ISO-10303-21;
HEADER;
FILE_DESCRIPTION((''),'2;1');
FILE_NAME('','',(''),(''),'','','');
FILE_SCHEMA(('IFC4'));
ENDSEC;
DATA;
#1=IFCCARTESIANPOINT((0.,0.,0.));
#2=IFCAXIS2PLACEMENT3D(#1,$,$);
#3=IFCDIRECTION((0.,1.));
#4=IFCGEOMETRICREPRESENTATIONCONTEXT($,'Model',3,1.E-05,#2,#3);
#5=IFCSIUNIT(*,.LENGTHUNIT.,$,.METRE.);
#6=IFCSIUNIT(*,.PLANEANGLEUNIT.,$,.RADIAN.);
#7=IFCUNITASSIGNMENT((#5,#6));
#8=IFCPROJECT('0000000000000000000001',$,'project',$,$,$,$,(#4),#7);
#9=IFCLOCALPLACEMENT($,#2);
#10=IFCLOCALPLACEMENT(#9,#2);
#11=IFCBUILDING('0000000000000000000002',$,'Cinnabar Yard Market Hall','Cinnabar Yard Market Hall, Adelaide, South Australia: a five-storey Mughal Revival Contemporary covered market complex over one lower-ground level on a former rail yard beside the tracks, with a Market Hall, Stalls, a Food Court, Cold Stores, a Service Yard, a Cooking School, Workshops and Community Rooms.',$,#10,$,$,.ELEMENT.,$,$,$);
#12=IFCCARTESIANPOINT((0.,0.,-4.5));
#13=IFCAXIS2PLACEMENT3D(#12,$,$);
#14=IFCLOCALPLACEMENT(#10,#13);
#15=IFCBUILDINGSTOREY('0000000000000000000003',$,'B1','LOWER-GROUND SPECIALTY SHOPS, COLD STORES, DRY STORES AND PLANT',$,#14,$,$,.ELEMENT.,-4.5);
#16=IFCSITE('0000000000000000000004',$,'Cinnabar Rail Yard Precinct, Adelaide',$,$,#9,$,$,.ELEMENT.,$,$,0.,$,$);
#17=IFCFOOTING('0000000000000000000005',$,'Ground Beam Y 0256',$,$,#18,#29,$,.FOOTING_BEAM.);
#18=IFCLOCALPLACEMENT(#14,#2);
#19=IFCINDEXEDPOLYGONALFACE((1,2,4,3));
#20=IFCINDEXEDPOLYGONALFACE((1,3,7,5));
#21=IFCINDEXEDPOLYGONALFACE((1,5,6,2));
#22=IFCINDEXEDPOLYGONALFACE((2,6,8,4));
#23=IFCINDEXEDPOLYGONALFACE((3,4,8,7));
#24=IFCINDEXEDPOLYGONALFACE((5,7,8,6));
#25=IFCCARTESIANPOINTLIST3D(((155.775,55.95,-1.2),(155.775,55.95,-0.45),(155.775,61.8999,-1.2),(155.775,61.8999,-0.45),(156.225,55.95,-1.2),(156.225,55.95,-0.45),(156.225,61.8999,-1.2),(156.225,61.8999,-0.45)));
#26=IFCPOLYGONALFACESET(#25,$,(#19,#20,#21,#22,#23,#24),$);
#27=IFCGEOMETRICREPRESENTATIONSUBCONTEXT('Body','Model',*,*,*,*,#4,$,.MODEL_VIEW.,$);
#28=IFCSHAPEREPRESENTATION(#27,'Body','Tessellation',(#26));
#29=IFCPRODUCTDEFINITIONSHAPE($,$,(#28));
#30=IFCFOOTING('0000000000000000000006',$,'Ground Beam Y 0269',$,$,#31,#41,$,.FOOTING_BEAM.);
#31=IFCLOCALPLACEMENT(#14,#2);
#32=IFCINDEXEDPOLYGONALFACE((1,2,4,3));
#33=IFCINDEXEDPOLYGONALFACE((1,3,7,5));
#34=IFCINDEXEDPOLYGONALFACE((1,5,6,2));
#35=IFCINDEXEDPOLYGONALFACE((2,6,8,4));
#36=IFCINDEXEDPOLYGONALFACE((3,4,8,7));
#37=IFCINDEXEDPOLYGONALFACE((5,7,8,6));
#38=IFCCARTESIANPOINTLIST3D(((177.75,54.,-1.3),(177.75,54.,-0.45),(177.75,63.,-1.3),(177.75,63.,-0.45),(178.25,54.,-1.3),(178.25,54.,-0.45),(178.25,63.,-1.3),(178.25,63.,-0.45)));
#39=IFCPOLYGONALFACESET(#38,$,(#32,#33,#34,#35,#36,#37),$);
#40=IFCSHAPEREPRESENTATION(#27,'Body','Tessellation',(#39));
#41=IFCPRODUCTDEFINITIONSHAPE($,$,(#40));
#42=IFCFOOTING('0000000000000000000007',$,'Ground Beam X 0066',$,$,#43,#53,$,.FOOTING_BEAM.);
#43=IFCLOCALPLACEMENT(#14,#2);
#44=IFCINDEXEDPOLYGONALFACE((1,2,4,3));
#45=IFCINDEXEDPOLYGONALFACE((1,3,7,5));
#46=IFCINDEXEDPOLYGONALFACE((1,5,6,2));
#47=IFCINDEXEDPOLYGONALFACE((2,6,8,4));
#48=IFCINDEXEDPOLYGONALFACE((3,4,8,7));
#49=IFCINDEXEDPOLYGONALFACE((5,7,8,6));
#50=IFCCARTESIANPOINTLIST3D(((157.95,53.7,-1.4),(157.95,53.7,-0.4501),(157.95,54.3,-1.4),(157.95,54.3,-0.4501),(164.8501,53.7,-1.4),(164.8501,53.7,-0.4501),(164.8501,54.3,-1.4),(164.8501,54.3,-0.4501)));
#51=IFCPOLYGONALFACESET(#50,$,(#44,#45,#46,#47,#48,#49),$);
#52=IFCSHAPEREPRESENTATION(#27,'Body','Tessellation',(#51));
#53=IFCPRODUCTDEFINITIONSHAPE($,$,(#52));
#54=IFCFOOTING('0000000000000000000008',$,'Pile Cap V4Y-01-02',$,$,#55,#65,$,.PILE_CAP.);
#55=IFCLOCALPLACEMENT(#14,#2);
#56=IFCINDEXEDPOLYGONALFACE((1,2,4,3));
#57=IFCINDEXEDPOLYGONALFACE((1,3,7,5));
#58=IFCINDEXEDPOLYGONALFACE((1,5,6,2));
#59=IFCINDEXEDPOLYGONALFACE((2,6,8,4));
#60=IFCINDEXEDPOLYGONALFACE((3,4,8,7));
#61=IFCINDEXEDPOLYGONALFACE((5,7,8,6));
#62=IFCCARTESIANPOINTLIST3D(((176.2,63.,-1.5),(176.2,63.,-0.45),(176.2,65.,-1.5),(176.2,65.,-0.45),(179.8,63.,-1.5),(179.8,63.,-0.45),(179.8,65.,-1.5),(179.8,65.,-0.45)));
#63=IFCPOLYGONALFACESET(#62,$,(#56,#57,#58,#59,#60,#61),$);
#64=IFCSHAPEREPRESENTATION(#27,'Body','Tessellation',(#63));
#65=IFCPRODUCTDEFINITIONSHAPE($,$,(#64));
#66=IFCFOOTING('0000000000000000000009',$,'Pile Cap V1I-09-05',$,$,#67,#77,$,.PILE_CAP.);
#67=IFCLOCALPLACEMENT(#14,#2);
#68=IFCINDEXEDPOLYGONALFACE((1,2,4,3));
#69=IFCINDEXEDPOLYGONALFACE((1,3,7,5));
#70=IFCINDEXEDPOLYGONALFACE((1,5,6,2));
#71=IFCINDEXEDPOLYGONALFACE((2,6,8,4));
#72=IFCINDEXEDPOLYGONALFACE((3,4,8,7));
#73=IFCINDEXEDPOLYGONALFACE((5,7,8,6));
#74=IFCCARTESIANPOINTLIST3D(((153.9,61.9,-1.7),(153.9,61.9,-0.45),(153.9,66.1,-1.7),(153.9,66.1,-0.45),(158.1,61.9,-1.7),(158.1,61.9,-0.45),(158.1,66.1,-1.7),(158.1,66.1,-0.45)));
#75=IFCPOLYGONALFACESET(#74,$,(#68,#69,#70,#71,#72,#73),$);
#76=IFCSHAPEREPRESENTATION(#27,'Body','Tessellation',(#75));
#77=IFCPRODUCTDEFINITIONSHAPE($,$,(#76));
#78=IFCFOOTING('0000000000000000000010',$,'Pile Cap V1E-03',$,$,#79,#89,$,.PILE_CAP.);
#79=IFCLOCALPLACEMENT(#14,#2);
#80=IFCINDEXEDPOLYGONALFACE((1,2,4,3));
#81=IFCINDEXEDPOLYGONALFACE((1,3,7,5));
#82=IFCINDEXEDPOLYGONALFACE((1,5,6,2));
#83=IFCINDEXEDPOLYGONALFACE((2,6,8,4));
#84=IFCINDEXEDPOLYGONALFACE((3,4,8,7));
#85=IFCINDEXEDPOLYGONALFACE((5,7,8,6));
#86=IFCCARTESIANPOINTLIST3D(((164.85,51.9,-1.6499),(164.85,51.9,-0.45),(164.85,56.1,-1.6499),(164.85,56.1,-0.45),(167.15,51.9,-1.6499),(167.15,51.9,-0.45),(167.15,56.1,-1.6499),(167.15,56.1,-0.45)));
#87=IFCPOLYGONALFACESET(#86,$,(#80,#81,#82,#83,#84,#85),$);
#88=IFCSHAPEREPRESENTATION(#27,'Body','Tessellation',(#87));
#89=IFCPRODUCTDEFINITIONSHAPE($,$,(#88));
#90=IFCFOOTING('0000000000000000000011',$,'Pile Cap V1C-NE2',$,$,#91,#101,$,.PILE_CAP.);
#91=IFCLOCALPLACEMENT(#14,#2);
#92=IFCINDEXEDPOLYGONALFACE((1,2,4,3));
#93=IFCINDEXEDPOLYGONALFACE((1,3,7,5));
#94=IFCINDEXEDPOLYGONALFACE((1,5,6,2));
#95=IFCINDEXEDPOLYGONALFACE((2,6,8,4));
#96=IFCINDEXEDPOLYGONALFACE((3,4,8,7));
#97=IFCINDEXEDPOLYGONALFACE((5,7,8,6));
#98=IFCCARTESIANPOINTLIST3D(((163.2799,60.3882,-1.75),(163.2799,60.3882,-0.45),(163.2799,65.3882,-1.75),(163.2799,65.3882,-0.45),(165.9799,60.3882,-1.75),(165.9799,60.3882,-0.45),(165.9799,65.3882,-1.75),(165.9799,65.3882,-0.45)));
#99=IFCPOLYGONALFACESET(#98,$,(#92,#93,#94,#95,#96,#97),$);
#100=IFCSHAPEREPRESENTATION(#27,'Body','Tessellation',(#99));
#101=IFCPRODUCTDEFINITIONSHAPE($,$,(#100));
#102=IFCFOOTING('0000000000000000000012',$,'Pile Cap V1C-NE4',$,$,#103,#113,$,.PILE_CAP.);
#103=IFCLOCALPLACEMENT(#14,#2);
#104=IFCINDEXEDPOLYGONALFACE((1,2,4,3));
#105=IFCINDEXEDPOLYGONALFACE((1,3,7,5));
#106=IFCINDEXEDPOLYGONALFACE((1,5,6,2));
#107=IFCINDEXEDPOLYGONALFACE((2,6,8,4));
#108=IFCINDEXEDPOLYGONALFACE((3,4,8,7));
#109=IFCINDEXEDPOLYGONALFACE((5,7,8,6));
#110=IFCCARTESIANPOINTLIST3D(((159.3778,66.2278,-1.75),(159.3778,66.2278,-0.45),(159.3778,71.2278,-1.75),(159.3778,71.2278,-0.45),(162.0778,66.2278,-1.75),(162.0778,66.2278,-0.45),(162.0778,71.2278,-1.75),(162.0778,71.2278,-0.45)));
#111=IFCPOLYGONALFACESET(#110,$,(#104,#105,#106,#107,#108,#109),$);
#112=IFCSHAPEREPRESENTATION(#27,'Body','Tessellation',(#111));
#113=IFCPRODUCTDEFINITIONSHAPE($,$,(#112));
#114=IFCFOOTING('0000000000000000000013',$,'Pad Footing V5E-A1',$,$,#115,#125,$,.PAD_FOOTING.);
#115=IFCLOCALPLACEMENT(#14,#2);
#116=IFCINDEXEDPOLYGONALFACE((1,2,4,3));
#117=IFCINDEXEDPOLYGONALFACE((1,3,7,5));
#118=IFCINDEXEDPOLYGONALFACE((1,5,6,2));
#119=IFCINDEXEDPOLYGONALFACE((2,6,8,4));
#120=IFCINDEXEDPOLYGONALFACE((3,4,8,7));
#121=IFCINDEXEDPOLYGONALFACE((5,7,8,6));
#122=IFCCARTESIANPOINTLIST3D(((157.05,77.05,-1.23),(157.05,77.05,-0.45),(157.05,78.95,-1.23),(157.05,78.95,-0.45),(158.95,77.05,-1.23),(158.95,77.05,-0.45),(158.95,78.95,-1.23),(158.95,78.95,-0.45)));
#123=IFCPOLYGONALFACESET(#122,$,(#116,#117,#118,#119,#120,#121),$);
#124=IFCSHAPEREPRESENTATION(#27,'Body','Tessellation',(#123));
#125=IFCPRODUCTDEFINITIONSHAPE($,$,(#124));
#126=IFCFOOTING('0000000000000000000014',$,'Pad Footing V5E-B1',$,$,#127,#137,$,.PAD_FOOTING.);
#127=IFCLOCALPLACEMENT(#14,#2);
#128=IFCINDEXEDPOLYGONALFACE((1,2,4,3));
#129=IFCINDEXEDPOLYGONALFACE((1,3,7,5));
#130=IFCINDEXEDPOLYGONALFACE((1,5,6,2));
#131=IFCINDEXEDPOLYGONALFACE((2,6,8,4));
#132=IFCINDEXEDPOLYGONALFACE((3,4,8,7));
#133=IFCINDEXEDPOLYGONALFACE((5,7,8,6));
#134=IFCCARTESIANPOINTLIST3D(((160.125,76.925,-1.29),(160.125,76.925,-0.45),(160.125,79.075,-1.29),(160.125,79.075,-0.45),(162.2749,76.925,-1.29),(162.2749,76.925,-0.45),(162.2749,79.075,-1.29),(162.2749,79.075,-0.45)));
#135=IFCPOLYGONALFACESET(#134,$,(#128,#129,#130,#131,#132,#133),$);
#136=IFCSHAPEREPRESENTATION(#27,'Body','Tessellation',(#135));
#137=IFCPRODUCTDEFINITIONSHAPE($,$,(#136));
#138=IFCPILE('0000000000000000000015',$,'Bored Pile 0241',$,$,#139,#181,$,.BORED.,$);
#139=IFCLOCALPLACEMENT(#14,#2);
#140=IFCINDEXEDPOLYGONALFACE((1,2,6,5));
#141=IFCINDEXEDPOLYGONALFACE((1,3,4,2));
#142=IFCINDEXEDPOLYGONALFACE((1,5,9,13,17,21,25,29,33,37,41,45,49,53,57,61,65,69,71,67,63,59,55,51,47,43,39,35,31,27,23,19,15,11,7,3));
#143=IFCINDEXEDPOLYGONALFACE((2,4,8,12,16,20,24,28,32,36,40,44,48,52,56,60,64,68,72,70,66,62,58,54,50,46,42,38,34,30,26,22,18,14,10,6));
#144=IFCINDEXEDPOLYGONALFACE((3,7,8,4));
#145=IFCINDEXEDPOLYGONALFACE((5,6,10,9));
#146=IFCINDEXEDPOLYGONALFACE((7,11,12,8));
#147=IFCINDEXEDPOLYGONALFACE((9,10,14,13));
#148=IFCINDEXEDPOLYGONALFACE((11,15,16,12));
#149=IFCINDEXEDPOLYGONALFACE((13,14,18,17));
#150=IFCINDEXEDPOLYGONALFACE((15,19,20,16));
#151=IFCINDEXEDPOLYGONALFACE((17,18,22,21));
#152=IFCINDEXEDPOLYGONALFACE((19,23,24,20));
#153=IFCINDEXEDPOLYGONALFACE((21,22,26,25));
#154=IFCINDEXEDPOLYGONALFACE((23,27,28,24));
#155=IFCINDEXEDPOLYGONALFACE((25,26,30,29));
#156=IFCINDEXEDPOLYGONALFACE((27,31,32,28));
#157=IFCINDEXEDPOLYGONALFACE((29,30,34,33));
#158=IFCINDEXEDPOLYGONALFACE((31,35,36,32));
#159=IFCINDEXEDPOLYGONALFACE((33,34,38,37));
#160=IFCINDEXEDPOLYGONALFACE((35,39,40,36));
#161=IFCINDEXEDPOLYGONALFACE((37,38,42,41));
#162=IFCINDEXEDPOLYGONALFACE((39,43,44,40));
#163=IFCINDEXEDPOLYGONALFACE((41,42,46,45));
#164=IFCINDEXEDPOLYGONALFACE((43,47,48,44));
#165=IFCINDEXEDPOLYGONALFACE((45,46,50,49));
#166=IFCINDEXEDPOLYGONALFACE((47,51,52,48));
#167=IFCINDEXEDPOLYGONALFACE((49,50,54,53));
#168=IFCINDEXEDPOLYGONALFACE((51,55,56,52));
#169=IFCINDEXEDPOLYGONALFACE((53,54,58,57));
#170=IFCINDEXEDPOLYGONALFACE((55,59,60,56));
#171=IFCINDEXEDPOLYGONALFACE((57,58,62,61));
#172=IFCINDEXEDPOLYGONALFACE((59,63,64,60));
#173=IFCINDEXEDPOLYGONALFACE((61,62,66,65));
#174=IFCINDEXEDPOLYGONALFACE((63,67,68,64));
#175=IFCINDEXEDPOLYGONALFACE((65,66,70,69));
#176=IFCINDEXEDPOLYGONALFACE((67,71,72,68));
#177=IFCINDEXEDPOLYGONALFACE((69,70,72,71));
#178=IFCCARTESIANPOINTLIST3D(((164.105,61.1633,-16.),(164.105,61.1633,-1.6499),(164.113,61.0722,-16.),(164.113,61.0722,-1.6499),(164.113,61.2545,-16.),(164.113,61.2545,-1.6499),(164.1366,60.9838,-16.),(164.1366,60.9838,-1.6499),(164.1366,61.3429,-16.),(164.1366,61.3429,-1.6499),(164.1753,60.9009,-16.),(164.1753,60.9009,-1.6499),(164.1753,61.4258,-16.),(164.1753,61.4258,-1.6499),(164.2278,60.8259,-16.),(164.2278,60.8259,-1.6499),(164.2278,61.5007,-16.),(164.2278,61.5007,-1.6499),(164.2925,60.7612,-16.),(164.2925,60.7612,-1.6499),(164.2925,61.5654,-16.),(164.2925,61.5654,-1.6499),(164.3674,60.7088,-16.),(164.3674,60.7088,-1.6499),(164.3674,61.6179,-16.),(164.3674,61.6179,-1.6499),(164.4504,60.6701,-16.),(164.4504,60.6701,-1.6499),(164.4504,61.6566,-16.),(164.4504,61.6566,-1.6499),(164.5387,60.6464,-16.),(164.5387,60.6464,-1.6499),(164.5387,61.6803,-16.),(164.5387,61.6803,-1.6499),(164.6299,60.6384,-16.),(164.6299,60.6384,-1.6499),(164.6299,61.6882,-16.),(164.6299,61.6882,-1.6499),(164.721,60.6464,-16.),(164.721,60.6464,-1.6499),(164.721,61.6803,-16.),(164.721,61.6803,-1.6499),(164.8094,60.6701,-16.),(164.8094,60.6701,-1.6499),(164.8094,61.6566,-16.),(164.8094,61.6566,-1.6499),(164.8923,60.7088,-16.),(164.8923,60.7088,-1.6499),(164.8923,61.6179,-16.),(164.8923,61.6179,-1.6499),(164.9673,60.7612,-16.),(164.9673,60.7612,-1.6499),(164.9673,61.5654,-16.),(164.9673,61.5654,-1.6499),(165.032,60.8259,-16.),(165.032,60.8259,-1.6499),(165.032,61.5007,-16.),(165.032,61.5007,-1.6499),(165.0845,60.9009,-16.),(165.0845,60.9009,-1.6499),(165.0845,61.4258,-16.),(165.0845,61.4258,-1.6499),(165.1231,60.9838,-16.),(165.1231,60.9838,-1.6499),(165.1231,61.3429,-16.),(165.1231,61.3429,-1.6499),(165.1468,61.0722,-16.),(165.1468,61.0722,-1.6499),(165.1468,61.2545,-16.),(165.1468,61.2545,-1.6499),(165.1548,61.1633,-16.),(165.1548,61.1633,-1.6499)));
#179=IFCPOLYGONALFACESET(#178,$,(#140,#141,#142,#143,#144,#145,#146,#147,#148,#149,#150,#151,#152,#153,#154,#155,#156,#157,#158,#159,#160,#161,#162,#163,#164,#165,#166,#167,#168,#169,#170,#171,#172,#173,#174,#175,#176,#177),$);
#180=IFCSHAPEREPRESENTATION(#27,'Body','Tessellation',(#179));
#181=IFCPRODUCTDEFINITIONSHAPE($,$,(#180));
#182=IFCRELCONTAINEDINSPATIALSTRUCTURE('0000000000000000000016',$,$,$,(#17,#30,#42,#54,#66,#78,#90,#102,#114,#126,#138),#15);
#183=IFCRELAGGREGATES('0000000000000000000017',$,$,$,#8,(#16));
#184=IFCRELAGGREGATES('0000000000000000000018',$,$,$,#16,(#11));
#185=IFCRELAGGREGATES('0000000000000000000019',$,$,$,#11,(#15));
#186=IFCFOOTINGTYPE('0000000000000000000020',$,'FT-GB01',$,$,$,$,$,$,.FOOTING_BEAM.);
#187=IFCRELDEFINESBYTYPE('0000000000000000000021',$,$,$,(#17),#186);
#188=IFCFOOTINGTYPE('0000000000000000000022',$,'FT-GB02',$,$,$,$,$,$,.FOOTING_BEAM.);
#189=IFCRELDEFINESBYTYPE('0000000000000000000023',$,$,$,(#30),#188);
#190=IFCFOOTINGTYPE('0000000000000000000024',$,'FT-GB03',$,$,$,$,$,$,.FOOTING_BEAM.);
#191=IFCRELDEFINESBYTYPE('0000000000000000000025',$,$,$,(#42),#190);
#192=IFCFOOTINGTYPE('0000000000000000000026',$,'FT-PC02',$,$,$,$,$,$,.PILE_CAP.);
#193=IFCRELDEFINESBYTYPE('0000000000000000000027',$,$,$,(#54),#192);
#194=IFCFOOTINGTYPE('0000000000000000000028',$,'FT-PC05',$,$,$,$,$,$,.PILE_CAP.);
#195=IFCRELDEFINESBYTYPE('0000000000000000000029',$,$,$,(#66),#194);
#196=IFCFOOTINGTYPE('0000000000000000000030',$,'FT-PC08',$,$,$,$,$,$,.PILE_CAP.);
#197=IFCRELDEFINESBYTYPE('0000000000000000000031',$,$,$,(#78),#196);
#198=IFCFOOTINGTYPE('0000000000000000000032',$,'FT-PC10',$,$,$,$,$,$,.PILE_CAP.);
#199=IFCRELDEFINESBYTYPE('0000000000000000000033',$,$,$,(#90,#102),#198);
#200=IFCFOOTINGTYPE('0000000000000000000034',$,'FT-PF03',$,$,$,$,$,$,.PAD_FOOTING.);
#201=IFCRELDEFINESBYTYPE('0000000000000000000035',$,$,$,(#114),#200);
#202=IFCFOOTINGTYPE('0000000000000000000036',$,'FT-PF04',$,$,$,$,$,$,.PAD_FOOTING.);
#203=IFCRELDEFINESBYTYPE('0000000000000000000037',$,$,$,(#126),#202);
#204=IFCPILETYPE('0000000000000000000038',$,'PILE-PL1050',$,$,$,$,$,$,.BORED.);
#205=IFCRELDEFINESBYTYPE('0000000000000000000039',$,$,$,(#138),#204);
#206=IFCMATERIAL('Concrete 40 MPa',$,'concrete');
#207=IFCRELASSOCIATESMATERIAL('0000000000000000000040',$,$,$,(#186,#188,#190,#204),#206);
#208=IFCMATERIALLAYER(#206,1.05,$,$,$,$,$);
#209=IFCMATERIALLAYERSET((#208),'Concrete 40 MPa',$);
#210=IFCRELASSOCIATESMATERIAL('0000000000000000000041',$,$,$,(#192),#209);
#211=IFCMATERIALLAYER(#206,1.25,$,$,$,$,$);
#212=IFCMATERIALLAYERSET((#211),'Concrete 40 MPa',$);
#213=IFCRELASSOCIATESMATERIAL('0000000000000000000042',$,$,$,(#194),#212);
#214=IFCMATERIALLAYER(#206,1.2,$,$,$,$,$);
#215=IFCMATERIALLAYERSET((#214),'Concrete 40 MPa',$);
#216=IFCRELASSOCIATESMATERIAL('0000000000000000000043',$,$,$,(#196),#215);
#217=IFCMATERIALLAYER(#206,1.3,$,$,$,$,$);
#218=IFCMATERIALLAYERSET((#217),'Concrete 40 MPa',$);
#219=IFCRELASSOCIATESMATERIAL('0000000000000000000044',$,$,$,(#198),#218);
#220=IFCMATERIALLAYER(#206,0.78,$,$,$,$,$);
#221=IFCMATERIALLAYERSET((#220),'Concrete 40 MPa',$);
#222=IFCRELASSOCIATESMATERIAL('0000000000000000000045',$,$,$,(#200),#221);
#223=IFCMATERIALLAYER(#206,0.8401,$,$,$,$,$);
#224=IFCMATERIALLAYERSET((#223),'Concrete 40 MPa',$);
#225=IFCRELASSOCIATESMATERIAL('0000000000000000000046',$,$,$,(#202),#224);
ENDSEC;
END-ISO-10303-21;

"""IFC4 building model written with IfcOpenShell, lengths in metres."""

from ifc_helpers import new_model, si_unit, direction, frame, origin, origin_2d_with_axis, place, context, subcontext, project, spatial, rectangle, circle, extrude, material, layer, layer_set, material_profile, profile_set, type_object, element, save


model = new_model("IFC4")

# Units and contexts
model_context = context("Model", 3, precision=1e-05, world=origin(), true_north=direction((0.0, 1.0)))
body_context = subcontext(model_context, "Body", "Model", "MODEL_VIEW")
ifc_project = project(units=[si_unit("LENGTHUNIT", "METRE"), si_unit("PLANEANGLEUNIT", "RADIAN")], contexts=[model_context])

# Site, building, storey
site_placement = place(None, origin())
site = spatial("IfcSite", under=ifc_project, at=site_placement, Name="Cinnabar Rail Yard Precinct, Adelaide", CompositionType="ELEMENT", RefElevation=0.0)
building_placement = place(site_placement, origin())
building = spatial("IfcBuilding", under=site, at=building_placement, Name="Cinnabar Yard Market Hall", Description="Cinnabar Yard Market Hall, Adelaide, South Australia: a five-storey Mughal Revival Contemporary covered market complex over one lower-ground level on a former rail yard beside the tracks, with a Market Hall, Stalls, a Food Court, Cold Stores, a Service Yard, a Cooking School, Workshops and Community Rooms.", CompositionType="ELEMENT")
storey_placement = place(building_placement, frame((0.0, 0.0, -4.5)))
storey = spatial("IfcBuildingStorey", under=building, at=storey_placement, Name="B1", Description="LOWER-GROUND SPECIALTY SHOPS, COLD STORES, DRY STORES AND PLANT", CompositionType="ELEMENT", Elevation=-4.5)

# Footings
ifc_material_1 = material(Name="Concrete 40 MPa", Category="concrete")
ifc_material_profile_1 = material_profile(ifc_material_1, rectangle(XDim=0.45, YDim=0.75, at=origin_2d_with_axis()), Name="GB-450x750")
ifc_profile_set_1 = profile_set([ifc_material_profile_1], Name="Concrete 40 MPa")
footing_type_1 = type_object("IfcFootingType", Name="FT-GB01", PredefinedType="FOOTING_BEAM", material=ifc_profile_set_1)
footing_1_placement = place(storey_placement, frame((156.0, 55.95, -0.825), z_axis=(0.0, 1.0, 0.0), x_axis=(-1.0, 0.0, 0.0)))
element("IfcFooting", 1, at=footing_1_placement, inside=storey, type_object=footing_type_1, Name="Ground Beam Y 0256", PredefinedType="FOOTING_BEAM", context=body_context, shape_type="SweptSolid", body=[
    extrude(rectangle(XDim=0.45, YDim=0.75, at=origin_2d_with_axis()), origin(), (0.0, 0.0, 1.0), 5.95),
])
ifc_material_profile_2 = material_profile(ifc_material_1, rectangle(XDim=0.5, YDim=0.8501, at=origin_2d_with_axis()), Name="GB-500x850")
ifc_profile_set_2 = profile_set([ifc_material_profile_2], Name="Concrete 40 MPa")
footing_type_2 = type_object("IfcFootingType", Name="FT-GB02", PredefinedType="FOOTING_BEAM", material=ifc_profile_set_2)
footing_2_placement = place(storey_placement, frame((178.0, 54.0, -0.875), z_axis=(0.0, 1.0, 0.0), x_axis=(-1.0, 0.0, 0.0)))
element("IfcFooting", 2, at=footing_2_placement, inside=storey, type_object=footing_type_2, Name="Ground Beam Y 0269", PredefinedType="FOOTING_BEAM", context=body_context, shape_type="SweptSolid", body=[
    extrude(rectangle(XDim=0.5, YDim=0.8501, at=origin_2d_with_axis()), origin(), (0.0, 0.0, 1.0), 9.0),
])
ifc_material_profile_3 = material_profile(ifc_material_1, rectangle(XDim=0.6001, YDim=0.95, at=origin_2d_with_axis()), Name="GB-600x950")
ifc_profile_set_3 = profile_set([ifc_material_profile_3], Name="Concrete 40 MPa")
footing_type_3 = type_object("IfcFootingType", Name="FT-GB03", PredefinedType="FOOTING_BEAM", material=ifc_profile_set_3)
footing_3_placement = place(storey_placement, frame((157.95, 54.0, -0.925), z_axis=(1.0, 0.0, 0.0), x_axis=(0.0, 1.0, 0.0)))
element("IfcFooting", 3, at=footing_3_placement, inside=storey, type_object=footing_type_3, Name="Ground Beam X 0066", PredefinedType="FOOTING_BEAM", context=body_context, shape_type="SweptSolid", body=[
    extrude(rectangle(XDim=0.6001, YDim=0.95, at=origin_2d_with_axis()), origin(), (0.0, 0.0, 1.0), 6.9001),
])
ifc_layer_1 = layer(ifc_material_1, 1.05)
ifc_layer_set_1 = layer_set([ifc_layer_1], Name="Concrete 40 MPa")
footing_type_4 = type_object("IfcFootingType", Name="FT-PC02", PredefinedType="PILE_CAP", material=ifc_layer_set_1)
footing_4_placement = place(storey_placement, frame((178.0, 64.0, -1.5), z_axis=(0.0, 0.0, 1.0), x_axis=(1.0, 0.0, 0.0)))
element("IfcFooting", 4, at=footing_4_placement, inside=storey, type_object=footing_type_4, Name="Pile Cap V4Y-01-02", PredefinedType="PILE_CAP", context=body_context, shape_type="SweptSolid", body=[
    extrude(rectangle(XDim=3.6001, YDim=2.0, at=origin_2d_with_axis()), origin(), (0.0, 0.0, 1.0), 1.05),
])
ifc_layer_2 = layer(ifc_material_1, 1.25)
ifc_layer_set_2 = layer_set([ifc_layer_2], Name="Concrete 40 MPa")
footing_type_5 = type_object("IfcFootingType", Name="FT-PC05", PredefinedType="PILE_CAP", material=ifc_layer_set_2)
footing_5_placement = place(storey_placement, frame((156.0, 64.0, -1.7), z_axis=(0.0, 0.0, 1.0), x_axis=(1.0, 0.0, 0.0)))
element("IfcFooting", 5, at=footing_5_placement, inside=storey, type_object=footing_type_5, Name="Pile Cap V1I-09-05", PredefinedType="PILE_CAP", context=body_context, shape_type="SweptSolid", body=[
    extrude(rectangle(XDim=4.2, YDim=4.2, at=origin_2d_with_axis()), origin(), (0.0, 0.0, 1.0), 1.25),
])
ifc_layer_3 = layer(ifc_material_1, 1.2)
ifc_layer_set_3 = layer_set([ifc_layer_3], Name="Concrete 40 MPa")
footing_type_6 = type_object("IfcFootingType", Name="FT-PC08", PredefinedType="PILE_CAP", material=ifc_layer_set_3)
footing_6_placement = place(storey_placement, frame((166.0, 54.0, -1.6499), z_axis=(0.0, 0.0, 1.0), x_axis=(1.0, 0.0, 0.0)))
element("IfcFooting", 6, at=footing_6_placement, inside=storey, type_object=footing_type_6, Name="Pile Cap V1E-03", PredefinedType="PILE_CAP", context=body_context, shape_type="SweptSolid", body=[
    extrude(rectangle(XDim=2.3, YDim=4.2, at=origin_2d_with_axis()), origin(), (0.0, 0.0, 1.0), 1.2),
])
ifc_layer_4 = layer(ifc_material_1, 1.3)
ifc_layer_set_4 = layer_set([ifc_layer_4], Name="Concrete 40 MPa")
footing_type_7 = type_object("IfcFootingType", Name="FT-PC10", PredefinedType="PILE_CAP", material=ifc_layer_set_4)
for number, where, z_axis, x_axis, name in (
    (7, (164.6299, 62.8882, -1.75), (0.0, 0.0, 1.0), (1.0, 0.0, 0.0), "Pile Cap V1C-NE2"),
    (8, (160.7278, 68.7278, -1.75), (0.0, 0.0, 1.0), (1.0, 0.0, 0.0), "Pile Cap V1C-NE4"),
):
    element("IfcFooting", number, at=place(storey_placement, frame(where, z_axis=z_axis, x_axis=x_axis)), inside=storey, type_object=footing_type_7, Name=name, PredefinedType="PILE_CAP", context=body_context, shape_type="SweptSolid", body=[
        extrude(rectangle(XDim=2.7, YDim=5.0, at=origin_2d_with_axis()), origin(), (0.0, 0.0, 1.0), 1.3),
    ])
ifc_layer_5 = layer(ifc_material_1, 0.78)
ifc_layer_set_5 = layer_set([ifc_layer_5], Name="Concrete 40 MPa")
footing_type_8 = type_object("IfcFootingType", Name="FT-PF03", PredefinedType="PAD_FOOTING", material=ifc_layer_set_5)
footing_7_placement = place(storey_placement, frame((158.0, 78.0, -1.23), z_axis=(0.0, 0.0, 1.0), x_axis=(1.0, 0.0, 0.0)))
element("IfcFooting", 9, at=footing_7_placement, inside=storey, type_object=footing_type_8, Name="Pad Footing V5E-A1", PredefinedType="PAD_FOOTING", context=body_context, shape_type="SweptSolid", body=[
    extrude(rectangle(XDim=1.8999, YDim=1.8999, at=origin_2d_with_axis()), origin(), (0.0, 0.0, 1.0), 0.78),
])
ifc_layer_6 = layer(ifc_material_1, 0.8401)
ifc_layer_set_6 = layer_set([ifc_layer_6], Name="Concrete 40 MPa")
footing_type_9 = type_object("IfcFootingType", Name="FT-PF04", PredefinedType="PAD_FOOTING", material=ifc_layer_set_6)
footing_8_placement = place(storey_placement, frame((161.2, 78.0, -1.29), z_axis=(0.0, 0.0, 1.0), x_axis=(1.0, 0.0, 0.0)))
element("IfcFooting", 10, at=footing_8_placement, inside=storey, type_object=footing_type_9, Name="Pad Footing V5E-B1", PredefinedType="PAD_FOOTING", context=body_context, shape_type="SweptSolid", body=[
    extrude(rectangle(XDim=2.1499, YDim=2.1499, at=origin_2d_with_axis()), origin(), (0.0, 0.0, 1.0), 0.8401),
])

# Pile
ifc_material_profile_4 = material_profile(ifc_material_1, circle(Radius=0.5249, at=origin_2d_with_axis()), Name="PILE-D1050")
ifc_profile_set_4 = profile_set([ifc_material_profile_4], Name="Concrete 40 MPa")
pile_type_1 = type_object("IfcPileType", Name="PILE-PL1050", PredefinedType="BORED", material=ifc_profile_set_4)
for number, where, z_axis, x_axis, name in (
    (11, (164.6299, 61.1633, -1.6499), (0.0, 0.0, -1.0), (1.0, 0.0, 0.0), "Bored Pile 0241"),
):
    element("IfcPile", number, at=place(storey_placement, frame(where, z_axis=z_axis, x_axis=x_axis)), inside=storey, type_object=pile_type_1, Name=name, PredefinedType="BORED", context=body_context, shape_type="SweptSolid", body=[
        extrude(circle(Radius=0.5249, at=origin_2d_with_axis()), origin(), (0.0, 0.0, 1.0), 14.3501),
    ])

save(model, "model.ifc")
